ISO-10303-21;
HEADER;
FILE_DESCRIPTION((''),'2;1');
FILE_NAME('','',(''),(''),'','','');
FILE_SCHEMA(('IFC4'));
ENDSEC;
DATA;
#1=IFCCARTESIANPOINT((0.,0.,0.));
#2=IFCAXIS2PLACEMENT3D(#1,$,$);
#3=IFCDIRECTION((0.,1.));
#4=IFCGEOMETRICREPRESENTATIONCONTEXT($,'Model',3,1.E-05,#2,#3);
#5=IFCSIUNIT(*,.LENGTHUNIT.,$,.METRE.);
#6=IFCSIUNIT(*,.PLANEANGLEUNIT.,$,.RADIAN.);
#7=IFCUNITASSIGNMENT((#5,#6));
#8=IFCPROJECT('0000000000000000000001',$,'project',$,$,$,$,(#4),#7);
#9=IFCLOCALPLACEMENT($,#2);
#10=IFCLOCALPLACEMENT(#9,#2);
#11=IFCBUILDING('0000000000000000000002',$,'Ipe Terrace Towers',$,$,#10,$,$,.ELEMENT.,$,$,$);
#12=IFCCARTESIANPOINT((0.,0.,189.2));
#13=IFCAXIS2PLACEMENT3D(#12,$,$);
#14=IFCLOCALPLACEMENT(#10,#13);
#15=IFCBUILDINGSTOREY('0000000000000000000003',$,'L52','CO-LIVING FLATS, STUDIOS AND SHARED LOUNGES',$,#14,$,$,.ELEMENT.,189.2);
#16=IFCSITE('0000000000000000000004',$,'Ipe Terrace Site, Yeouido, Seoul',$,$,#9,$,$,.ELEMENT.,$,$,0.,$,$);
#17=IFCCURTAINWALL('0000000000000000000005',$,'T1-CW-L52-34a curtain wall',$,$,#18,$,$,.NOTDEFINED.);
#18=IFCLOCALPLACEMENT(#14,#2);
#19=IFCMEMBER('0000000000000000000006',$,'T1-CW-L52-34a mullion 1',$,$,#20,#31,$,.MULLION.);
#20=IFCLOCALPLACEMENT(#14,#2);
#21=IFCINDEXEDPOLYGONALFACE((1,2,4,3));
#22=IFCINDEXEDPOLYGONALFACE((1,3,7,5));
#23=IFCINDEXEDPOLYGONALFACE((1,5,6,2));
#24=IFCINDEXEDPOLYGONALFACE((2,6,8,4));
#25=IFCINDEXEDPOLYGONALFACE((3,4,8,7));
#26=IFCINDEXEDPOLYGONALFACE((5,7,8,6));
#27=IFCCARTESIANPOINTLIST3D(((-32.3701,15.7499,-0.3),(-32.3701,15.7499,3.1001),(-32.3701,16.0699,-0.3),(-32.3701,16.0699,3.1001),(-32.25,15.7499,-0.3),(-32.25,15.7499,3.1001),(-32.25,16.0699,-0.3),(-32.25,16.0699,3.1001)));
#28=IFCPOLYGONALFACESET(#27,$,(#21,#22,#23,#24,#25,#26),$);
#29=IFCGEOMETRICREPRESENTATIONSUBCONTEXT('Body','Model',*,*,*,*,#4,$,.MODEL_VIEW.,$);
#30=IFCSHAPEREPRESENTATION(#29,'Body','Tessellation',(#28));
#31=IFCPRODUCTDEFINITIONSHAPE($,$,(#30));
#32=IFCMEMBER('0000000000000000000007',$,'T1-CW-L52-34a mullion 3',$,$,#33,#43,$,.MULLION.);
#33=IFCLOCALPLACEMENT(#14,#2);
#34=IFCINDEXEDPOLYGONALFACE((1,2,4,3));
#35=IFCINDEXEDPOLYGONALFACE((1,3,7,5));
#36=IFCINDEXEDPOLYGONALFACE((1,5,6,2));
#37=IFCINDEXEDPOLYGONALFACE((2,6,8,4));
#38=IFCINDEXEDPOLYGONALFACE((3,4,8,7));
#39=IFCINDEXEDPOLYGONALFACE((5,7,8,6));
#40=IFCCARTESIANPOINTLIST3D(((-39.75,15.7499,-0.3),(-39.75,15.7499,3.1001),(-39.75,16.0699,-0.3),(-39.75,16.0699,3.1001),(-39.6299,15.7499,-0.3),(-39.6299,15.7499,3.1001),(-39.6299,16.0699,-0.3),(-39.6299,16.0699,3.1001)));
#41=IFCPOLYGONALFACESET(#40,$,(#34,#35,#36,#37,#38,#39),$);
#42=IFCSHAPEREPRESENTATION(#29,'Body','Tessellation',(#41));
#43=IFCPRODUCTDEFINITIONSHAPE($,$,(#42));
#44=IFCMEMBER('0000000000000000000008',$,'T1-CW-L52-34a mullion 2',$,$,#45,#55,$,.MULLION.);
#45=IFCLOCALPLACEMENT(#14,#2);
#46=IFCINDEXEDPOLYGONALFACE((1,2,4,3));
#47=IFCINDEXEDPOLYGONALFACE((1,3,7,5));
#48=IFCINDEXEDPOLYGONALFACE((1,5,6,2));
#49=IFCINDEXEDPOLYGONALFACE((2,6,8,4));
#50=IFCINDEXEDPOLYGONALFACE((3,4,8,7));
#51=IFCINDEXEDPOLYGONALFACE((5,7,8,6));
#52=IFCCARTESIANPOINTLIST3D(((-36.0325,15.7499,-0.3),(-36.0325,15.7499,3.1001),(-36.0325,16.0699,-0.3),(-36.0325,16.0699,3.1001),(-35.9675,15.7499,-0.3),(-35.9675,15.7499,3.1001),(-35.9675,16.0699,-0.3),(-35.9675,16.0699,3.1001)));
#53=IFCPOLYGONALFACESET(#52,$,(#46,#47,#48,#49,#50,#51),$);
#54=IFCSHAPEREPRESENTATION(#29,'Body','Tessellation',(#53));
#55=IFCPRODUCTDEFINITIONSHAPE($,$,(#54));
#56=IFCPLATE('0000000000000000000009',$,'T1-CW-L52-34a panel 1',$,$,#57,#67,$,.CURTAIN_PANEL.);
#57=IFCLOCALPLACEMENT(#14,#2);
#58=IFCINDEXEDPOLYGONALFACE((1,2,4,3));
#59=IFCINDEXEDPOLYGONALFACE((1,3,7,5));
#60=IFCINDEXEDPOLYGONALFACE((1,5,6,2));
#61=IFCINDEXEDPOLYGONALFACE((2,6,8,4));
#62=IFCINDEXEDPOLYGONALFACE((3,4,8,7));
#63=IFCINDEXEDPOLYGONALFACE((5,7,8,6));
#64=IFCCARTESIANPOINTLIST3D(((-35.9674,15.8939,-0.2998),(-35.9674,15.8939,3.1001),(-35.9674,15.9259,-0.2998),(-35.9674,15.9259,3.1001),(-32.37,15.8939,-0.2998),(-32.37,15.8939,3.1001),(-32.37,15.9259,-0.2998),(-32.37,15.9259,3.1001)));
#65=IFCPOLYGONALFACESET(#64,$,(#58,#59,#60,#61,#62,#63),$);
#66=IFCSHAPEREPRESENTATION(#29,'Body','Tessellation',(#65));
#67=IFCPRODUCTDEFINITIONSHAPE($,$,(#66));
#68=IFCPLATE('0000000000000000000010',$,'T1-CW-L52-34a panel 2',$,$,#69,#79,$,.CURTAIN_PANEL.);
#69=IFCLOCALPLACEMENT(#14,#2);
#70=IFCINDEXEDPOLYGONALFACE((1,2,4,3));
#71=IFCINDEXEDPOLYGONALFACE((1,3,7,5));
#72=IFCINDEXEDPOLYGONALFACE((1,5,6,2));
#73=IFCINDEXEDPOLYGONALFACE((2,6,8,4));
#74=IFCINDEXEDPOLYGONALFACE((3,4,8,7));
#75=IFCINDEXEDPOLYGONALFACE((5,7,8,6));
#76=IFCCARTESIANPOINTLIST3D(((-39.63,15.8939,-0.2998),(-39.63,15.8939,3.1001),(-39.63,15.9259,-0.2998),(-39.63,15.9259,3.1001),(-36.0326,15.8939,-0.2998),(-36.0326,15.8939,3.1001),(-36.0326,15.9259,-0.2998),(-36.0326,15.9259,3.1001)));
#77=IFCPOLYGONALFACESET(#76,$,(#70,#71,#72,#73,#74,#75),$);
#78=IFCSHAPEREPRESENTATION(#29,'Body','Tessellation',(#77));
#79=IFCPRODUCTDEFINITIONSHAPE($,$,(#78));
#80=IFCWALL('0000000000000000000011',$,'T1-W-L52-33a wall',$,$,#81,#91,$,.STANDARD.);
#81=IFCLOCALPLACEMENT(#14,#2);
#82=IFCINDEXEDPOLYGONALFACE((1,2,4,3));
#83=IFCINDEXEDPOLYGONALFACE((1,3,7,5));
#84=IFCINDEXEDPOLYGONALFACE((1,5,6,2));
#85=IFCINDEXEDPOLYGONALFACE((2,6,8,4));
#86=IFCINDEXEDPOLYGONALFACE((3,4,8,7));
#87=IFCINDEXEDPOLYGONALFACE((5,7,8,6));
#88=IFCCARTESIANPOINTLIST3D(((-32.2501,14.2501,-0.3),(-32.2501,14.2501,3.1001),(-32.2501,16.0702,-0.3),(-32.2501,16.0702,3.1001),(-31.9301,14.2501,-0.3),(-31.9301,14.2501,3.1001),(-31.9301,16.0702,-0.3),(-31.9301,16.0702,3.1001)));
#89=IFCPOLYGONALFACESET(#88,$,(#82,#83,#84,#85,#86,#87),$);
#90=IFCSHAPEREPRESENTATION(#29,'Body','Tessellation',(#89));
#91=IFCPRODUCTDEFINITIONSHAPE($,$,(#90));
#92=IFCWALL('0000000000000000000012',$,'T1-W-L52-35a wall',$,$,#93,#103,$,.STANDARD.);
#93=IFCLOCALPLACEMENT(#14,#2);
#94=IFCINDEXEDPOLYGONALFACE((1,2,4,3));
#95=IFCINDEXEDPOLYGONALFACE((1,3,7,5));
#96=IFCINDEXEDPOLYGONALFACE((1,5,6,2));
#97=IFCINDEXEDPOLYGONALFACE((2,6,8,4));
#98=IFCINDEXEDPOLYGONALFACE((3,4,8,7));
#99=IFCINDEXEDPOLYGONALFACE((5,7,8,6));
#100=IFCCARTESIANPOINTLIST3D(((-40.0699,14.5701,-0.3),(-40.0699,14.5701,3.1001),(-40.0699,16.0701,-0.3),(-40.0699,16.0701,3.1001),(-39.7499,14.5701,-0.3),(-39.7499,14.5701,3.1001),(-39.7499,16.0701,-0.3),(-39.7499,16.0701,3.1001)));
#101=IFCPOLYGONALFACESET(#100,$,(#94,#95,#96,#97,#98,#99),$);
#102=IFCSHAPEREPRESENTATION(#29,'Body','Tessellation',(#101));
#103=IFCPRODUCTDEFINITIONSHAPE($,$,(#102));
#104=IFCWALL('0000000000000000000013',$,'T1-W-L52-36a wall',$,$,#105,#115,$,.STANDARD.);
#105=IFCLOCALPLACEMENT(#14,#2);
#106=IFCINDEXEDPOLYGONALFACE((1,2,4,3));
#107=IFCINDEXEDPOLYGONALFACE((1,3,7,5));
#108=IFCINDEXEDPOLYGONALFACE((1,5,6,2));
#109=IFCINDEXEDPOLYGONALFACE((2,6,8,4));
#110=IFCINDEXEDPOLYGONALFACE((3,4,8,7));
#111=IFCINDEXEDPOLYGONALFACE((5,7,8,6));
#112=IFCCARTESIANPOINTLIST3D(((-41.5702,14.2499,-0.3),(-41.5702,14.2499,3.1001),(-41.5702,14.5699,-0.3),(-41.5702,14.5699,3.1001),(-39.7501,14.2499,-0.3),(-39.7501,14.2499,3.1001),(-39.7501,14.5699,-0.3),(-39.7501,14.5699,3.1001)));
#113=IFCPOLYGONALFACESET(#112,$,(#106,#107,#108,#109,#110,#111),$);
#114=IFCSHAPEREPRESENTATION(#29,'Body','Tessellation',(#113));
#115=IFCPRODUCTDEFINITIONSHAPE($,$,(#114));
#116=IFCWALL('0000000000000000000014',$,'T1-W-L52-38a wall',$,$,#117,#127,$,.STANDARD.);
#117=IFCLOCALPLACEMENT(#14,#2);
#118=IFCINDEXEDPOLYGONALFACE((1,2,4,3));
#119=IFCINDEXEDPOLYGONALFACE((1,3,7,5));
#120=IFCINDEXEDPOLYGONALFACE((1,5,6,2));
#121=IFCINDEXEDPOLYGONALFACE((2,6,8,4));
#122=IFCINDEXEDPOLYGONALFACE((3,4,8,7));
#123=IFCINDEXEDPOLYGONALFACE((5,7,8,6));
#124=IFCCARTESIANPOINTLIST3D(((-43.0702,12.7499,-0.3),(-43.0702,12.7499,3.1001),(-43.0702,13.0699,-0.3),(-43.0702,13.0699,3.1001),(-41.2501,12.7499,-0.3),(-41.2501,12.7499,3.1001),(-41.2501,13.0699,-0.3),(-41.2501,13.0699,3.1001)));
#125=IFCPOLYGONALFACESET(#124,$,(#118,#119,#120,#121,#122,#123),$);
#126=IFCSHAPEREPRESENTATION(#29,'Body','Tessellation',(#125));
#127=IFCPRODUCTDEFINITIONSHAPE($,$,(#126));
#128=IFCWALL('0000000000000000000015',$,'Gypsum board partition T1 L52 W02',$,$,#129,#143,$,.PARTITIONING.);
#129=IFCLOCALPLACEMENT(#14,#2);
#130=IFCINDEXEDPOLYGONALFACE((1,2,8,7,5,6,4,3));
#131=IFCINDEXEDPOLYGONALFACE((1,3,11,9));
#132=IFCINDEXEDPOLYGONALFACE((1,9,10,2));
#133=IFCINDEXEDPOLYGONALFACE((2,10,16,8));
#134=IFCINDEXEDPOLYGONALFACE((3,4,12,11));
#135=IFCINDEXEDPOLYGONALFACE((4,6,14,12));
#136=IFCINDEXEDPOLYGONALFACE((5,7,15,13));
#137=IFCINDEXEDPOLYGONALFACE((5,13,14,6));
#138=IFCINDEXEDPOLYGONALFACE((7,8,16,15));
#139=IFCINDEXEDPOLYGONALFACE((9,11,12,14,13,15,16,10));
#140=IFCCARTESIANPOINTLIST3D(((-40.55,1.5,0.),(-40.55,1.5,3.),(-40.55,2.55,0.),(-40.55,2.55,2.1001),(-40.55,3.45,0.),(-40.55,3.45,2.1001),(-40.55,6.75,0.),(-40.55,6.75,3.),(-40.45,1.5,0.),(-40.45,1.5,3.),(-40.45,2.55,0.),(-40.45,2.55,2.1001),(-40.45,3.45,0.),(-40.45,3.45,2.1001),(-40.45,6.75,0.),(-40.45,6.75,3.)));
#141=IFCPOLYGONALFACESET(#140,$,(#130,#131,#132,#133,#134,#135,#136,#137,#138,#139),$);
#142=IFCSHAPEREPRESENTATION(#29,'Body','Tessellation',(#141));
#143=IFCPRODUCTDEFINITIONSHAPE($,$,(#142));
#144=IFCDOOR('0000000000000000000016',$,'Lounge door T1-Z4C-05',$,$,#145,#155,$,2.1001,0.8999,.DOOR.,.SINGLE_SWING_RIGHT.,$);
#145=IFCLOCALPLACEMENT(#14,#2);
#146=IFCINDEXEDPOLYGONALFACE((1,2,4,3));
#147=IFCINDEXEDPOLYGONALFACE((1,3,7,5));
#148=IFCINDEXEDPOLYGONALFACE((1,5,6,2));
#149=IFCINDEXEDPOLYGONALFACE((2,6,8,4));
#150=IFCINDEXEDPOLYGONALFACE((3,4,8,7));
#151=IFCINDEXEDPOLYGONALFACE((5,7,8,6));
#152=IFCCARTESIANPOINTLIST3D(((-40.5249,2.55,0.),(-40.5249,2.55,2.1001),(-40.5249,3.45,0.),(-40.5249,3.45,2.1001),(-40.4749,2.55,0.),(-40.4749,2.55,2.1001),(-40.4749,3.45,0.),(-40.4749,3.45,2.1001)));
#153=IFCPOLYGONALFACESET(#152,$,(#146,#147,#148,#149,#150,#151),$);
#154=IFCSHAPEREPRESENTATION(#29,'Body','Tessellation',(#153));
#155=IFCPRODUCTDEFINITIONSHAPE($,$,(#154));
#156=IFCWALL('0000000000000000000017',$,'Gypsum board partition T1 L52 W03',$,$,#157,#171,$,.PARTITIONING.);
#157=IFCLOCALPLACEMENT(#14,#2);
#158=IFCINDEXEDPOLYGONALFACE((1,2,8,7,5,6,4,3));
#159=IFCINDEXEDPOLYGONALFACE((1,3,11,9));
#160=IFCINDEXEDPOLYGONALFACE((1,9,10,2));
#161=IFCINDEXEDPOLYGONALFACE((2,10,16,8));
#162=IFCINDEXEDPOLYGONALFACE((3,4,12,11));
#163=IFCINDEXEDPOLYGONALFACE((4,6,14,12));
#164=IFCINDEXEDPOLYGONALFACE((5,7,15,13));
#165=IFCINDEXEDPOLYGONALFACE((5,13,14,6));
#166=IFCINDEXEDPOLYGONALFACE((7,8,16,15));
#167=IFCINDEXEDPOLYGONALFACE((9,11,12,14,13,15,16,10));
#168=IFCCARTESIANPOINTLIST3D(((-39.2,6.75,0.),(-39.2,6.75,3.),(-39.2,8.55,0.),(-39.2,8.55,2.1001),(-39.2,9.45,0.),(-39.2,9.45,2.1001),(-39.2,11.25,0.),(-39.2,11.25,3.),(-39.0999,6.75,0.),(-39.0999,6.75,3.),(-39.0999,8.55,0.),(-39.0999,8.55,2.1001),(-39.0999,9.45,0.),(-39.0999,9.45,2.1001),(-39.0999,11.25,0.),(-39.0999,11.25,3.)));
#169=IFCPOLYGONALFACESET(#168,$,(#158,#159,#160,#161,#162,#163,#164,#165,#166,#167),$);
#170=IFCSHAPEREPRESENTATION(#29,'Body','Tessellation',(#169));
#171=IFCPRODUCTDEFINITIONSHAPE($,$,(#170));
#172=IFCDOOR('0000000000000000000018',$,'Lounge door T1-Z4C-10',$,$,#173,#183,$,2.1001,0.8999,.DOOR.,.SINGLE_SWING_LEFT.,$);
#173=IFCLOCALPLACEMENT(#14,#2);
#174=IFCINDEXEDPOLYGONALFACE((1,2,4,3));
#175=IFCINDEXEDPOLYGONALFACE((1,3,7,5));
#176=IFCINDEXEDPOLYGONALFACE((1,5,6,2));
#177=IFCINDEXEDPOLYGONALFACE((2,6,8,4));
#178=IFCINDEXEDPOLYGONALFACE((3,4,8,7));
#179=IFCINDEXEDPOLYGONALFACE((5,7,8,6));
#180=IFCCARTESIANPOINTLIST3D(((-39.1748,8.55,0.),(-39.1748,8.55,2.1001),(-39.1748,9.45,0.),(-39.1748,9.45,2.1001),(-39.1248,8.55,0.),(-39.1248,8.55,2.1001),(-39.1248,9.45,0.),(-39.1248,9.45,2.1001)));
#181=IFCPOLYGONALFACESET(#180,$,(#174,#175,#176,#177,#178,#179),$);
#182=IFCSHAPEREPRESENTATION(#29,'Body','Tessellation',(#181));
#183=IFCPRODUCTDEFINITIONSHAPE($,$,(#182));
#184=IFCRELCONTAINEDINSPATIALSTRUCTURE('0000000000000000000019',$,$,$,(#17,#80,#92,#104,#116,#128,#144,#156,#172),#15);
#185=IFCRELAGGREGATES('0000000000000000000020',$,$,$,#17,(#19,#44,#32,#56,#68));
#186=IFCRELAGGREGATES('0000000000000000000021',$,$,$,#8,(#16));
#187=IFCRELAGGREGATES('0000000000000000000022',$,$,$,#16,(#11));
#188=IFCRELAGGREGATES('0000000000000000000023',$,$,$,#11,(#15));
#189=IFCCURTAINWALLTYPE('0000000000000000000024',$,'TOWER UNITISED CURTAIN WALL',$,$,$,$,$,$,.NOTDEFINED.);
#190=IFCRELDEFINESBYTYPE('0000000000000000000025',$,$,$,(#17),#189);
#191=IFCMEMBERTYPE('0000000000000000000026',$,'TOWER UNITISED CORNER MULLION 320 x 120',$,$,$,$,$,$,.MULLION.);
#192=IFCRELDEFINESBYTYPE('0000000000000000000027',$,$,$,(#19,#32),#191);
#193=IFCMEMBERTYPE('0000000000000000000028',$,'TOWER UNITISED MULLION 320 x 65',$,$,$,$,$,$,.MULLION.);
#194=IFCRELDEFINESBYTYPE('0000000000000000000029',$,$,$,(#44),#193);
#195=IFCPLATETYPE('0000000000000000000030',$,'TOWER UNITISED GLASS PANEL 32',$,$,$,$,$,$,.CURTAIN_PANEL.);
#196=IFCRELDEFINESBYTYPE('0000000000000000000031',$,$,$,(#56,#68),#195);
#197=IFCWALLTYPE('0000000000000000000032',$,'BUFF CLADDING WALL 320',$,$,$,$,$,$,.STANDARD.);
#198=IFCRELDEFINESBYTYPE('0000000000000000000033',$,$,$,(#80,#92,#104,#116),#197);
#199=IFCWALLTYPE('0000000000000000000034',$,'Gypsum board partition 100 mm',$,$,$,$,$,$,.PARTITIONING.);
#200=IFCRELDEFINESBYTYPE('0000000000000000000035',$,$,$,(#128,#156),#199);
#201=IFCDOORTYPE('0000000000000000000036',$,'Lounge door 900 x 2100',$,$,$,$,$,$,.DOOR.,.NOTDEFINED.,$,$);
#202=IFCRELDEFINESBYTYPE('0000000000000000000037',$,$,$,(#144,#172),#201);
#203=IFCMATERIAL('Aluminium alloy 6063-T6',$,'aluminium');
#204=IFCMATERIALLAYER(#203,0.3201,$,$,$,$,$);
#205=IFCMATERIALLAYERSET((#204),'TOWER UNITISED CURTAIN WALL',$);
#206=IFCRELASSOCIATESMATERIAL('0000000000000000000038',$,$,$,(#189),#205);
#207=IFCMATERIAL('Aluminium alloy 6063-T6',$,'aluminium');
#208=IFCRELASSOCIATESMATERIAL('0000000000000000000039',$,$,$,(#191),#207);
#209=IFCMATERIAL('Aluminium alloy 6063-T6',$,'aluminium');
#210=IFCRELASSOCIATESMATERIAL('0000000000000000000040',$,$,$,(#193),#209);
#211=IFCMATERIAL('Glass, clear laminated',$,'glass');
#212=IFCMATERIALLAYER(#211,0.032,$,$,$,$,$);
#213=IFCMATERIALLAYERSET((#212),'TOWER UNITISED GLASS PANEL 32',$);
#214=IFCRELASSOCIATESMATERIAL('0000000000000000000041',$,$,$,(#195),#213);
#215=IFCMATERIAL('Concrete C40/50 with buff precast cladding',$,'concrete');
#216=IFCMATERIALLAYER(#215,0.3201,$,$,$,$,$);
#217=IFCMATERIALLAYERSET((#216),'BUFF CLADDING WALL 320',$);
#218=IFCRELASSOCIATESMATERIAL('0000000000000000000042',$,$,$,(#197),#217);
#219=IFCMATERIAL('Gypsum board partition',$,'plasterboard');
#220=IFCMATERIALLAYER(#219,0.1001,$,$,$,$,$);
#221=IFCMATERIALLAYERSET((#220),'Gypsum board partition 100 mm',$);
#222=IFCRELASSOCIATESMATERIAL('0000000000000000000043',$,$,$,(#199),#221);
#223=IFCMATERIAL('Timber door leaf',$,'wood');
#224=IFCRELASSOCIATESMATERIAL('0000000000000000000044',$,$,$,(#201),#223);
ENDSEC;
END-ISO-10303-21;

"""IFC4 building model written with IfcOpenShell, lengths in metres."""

from ifc_helpers import new_model, si_unit, direction, frame, frame_2d, origin, origin_2d, place, context, subcontext, project, spatial, rectangle, extrude, material, layer, layer_set, material_profile, profile_set, type_object, element, fill, aggregate, save


model = new_model("IFC4")

# Units and contexts
model_context = context("Model", 3, precision=1e-05, world=origin(), true_north=direction((0.0, 1.0)))
body_context = subcontext(model_context, "Body", "Model", "MODEL_VIEW")
ifc_project = project(units=[si_unit("LENGTHUNIT", "METRE"), si_unit("PLANEANGLEUNIT", "RADIAN")], contexts=[model_context])

# Site, building, storey
site_placement = place(None, origin())
site = spatial("IfcSite", under=ifc_project, at=site_placement, Name="Ipe Terrace Site, Yeouido, Seoul", CompositionType="ELEMENT", RefElevation=0.0)
building_placement = place(site_placement, origin())
building = spatial("IfcBuilding", under=site, at=building_placement, Name="Ipe Terrace Towers", CompositionType="ELEMENT")
storey_placement = place(building_placement, frame((0.0, 0.0, 189.2)))
storey = spatial("IfcBuildingStorey", under=building, at=storey_placement, Name="L52", Description="CO-LIVING FLATS, STUDIOS AND SHARED LOUNGES", CompositionType="ELEMENT", Elevation=189.2)

# Curtain wall, members, plates
ifc_material_1 = material(Name="Aluminium alloy 6063-T6", Category="aluminium")
ifc_layer_1 = layer(ifc_material_1, 0.3201)
ifc_layer_set_1 = layer_set([ifc_layer_1], Name="TOWER UNITISED CURTAIN WALL")
curtain_wall_type = type_object("IfcCurtainWallType", Name="TOWER UNITISED CURTAIN WALL", PredefinedType="NOTDEFINED", material=ifc_layer_set_1)
curtain_wall_placement = place(storey_placement, origin())
curtain_wall = element("IfcCurtainWall", 1, at=curtain_wall_placement, inside=storey, type_object=curtain_wall_type, Name="T1-CW-L52-34a curtain wall", PredefinedType="NOTDEFINED")
ifc_material_2 = material(Name="Aluminium alloy 6063-T6", Category="aluminium")
ifc_material_profile_1 = material_profile(ifc_material_2, rectangle(XDim=0.3201, YDim=0.1201, at=origin_2d()), Name="TOWER UNITISED CORNER MULLION 320 x 120")
ifc_profile_set_1 = profile_set([ifc_material_profile_1], Name="Aluminium alloy 6063-T6")
member_type_1 = type_object("IfcMemberType", Name="TOWER UNITISED CORNER MULLION 320 x 120", PredefinedType="MULLION", material=ifc_profile_set_1)
member_1_placement = place(storey_placement, frame((-32.3101, 15.9099, -0.3), z_axis=(0.0, 0.0, 1.0), x_axis=(0.0, 1.0, 0.0)))
member_1 = element("IfcMember", 2, at=member_1_placement, type_object=member_type_1, Name="T1-CW-L52-34a mullion 1", PredefinedType="MULLION", context=body_context, shape_type="SweptSolid", body=[
    extrude(rectangle(XDim=0.3201, YDim=0.1201, at=origin_2d()), origin(), (0.0, 0.0, 1.0), 3.4001),
])
member_2_placement = place(storey_placement, frame((-39.6899, 15.9099, -0.3), z_axis=(0.0, 0.0, 1.0), x_axis=(0.0, 1.0, 0.0)))
member_2 = element("IfcMember", 3, at=member_2_placement, type_object=member_type_1, Name="T1-CW-L52-34a mullion 3", PredefinedType="MULLION", context=body_context, shape_type="SweptSolid", body=[
    extrude(rectangle(XDim=0.3201, YDim=0.1201, at=origin_2d()), origin(), (0.0, 0.0, 1.0), 3.4001),
])
ifc_material_3 = material(Name="Aluminium alloy 6063-T6", Category="aluminium")
ifc_material_profile_2 = material_profile(ifc_material_3, rectangle(XDim=0.3201, YDim=0.0649, at=origin_2d()), Name="TOWER UNITISED MULLION 320 x 65")
ifc_profile_set_2 = profile_set([ifc_material_profile_2], Name="Aluminium alloy 6063-T6")
member_type_2 = type_object("IfcMemberType", Name="TOWER UNITISED MULLION 320 x 65", PredefinedType="MULLION", material=ifc_profile_set_2)
member_3_placement = place(storey_placement, frame((-36.0, 15.9099, -0.3), z_axis=(0.0, 0.0, 1.0), x_axis=(0.0, 1.0, 0.0)))
member_3 = element("IfcMember", 4, at=member_3_placement, type_object=member_type_2, Name="T1-CW-L52-34a mullion 2", PredefinedType="MULLION", context=body_context, shape_type="SweptSolid", body=[
    extrude(rectangle(XDim=0.3201, YDim=0.0649, at=origin_2d()), origin(), (0.0, 0.0, 1.0), 3.4001),
])
ifc_material_4 = material(Name="Glass, clear laminated", Category="glass")
ifc_layer_2 = layer(ifc_material_4, 0.032)
ifc_layer_set_2 = layer_set([ifc_layer_2], Name="TOWER UNITISED GLASS PANEL 32")
plate_type = type_object("IfcPlateType", Name="TOWER UNITISED GLASS PANEL 32", PredefinedType="CURTAIN_PANEL", material=ifc_layer_set_2)
plate_1_placement = place(storey_placement, frame((-34.1687, 15.9099, -0.2998), z_axis=(0.0, 0.0, 1.0), x_axis=(-1.0, 0.0, 0.0)))
plate_1 = element("IfcPlate", 5, at=plate_1_placement, type_object=plate_type, Name="T1-CW-L52-34a panel 1", PredefinedType="CURTAIN_PANEL", context=body_context, shape_type="SweptSolid", body=[
    extrude(rectangle(XDim=3.5974, YDim=0.032, at=origin_2d()), origin(), (0.0, 0.0, 1.0), 3.3999),
])
plate_2_placement = place(storey_placement, frame((-37.8313, 15.9099, -0.2998), z_axis=(0.0, 0.0, 1.0), x_axis=(-1.0, 0.0, 0.0)))
plate_2 = element("IfcPlate", 6, at=plate_2_placement, type_object=plate_type, Name="T1-CW-L52-34a panel 2", PredefinedType="CURTAIN_PANEL", context=body_context, shape_type="SweptSolid", body=[
    extrude(rectangle(XDim=3.5974, YDim=0.032, at=origin_2d()), origin(), (0.0, 0.0, 1.0), 3.3999),
])
aggregate(curtain_wall, [member_1, member_3, member_2, plate_1, plate_2])

# Walls
ifc_material_5 = material(Name="Concrete C40/50 with buff precast cladding", Category="concrete")
ifc_layer_3 = layer(ifc_material_5, 0.3201)
ifc_layer_set_3 = layer_set([ifc_layer_3], Name="BUFF CLADDING WALL 320")
wall_type_1 = type_object("IfcWallType", Name="BUFF CLADDING WALL 320", PredefinedType="STANDARD", material=ifc_layer_set_3)
wall_1_placement = place(storey_placement, frame((-32.0901, 14.25, -0.3), z_axis=(0.0, 0.0, 1.0), x_axis=(0.0, 1.0, 0.0)))
element("IfcWall", 7, at=wall_1_placement, inside=storey, type_object=wall_type_1, Name="T1-W-L52-33a wall", PredefinedType="STANDARD", context=body_context, shape_type="SweptSolid", body=[
    extrude(rectangle(XDim=1.8201, YDim=0.3201, at=frame_2d((0.9102, 0.0))), origin(), (0.0, 0.0, 1.0), 3.4001),
])
wall_2_placement = place(storey_placement, frame((-39.9099, 16.0701, -0.3), z_axis=(0.0, 0.0, 1.0), x_axis=(0.0, -1.0, 0.0)))
element("IfcWall", 8, at=wall_2_placement, inside=storey, type_object=wall_type_1, Name="T1-W-L52-35a wall", PredefinedType="STANDARD", context=body_context, shape_type="SweptSolid", body=[
    extrude(rectangle(XDim=1.5, YDim=0.3201, at=frame_2d((0.75, 0.0))), origin(), (0.0, 0.0, 1.0), 3.4001),
])
for number, where, z_axis, x_axis, name in (
    (9, (-39.75, 14.4099, -0.3), (0.0, 0.0, 1.0), (-1.0, 0.0, 0.0), "T1-W-L52-36a wall"),
    (10, (-41.25, 12.9099, -0.3), (0.0, 0.0, 1.0), (-1.0, 0.0, 0.0), "T1-W-L52-38a wall"),
):
    element("IfcWall", number, at=place(storey_placement, frame(where, z_axis=z_axis, x_axis=x_axis)), inside=storey, type_object=wall_type_1, Name=name, PredefinedType="STANDARD", context=body_context, shape_type="SweptSolid", body=[
        extrude(rectangle(XDim=1.8201, YDim=0.3201, at=frame_2d((0.9102, 0.0))), origin(), (0.0, 0.0, 1.0), 3.4001),
    ])

# Walls, openings, doors
ifc_material_6 = material(Name="Gypsum board partition", Category="plasterboard")
ifc_layer_4 = layer(ifc_material_6, 0.1001)
ifc_layer_set_4 = layer_set([ifc_layer_4], Name="Gypsum board partition 100 mm")
wall_type_2 = type_object("IfcWallType", Name="Gypsum board partition 100 mm", PredefinedType="PARTITIONING", material=ifc_layer_set_4)
wall_3_placement = place(storey_placement, frame((-40.5, 1.5, 0.0), z_axis=(0.0, 0.0, 1.0), x_axis=(0.0, 1.0, 0.0)))
wall_3 = element("IfcWall", 11, at=wall_3_placement, inside=storey, type_object=wall_type_2, Name="Gypsum board partition T1 L52 W02", PredefinedType="PARTITIONING", context=body_context, shape_type="SweptSolid", body=[
    extrude(rectangle(XDim=5.25, YDim=0.1001, at=frame_2d((2.625, 0.0))), origin(), (0.0, 0.0, 1.0), 3.0),
])
opening_1_placement = place(wall_3_placement, frame((1.05, 0.0, 0.0)))
opening_1 = element("IfcOpeningElement", 12, at=opening_1_placement, cuts=wall_3, PredefinedType="OPENING", context=body_context, shape_type="SweptSolid", body=[
    extrude(rectangle(XDim=0.8999, YDim=2.1001, at=frame_2d((0.45, 1.05))), frame((0.0, 0.0601, 0.0), z_axis=(0.0, -1.0, 0.0), x_axis=(1.0, 0.0, 0.0)), (0.0, 0.0, 1.0), 0.1201),
])
ifc_material_7 = material(Name="Timber door leaf", Category="wood")
door_type = type_object("IfcDoorType", Name="Lounge door 900 x 2100", OperationType="NOTDEFINED", PredefinedType="DOOR", material=ifc_material_7)
door_1_placement = place(opening_1_placement, origin())
door_1 = element("IfcDoor", 13, at=door_1_placement, inside=storey, type_object=door_type, Name="Lounge door T1-Z4C-05", OperationType="SINGLE_SWING_RIGHT", OverallHeight=2.1001, OverallWidth=0.8999, PredefinedType="DOOR", context=body_context, shape_type="SweptSolid", body=[
    extrude(rectangle(XDim=0.8999, YDim=2.1001, at=frame_2d((0.45, 1.05))), frame((0.0, 0.0249, 0.0), z_axis=(0.0, -1.0, 0.0), x_axis=(1.0, 0.0, 0.0)), (0.0, 0.0, 1.0), 0.05),
])
fill(opening_1, door_1)
wall_4_placement = place(storey_placement, frame((-39.1499, 6.75, 0.0), z_axis=(0.0, 0.0, 1.0), x_axis=(0.0, 1.0, 0.0)))
wall_4 = element("IfcWall", 14, at=wall_4_placement, inside=storey, type_object=wall_type_2, Name="Gypsum board partition T1 L52 W03", PredefinedType="PARTITIONING", context=body_context, shape_type="SweptSolid", body=[
    extrude(rectangle(XDim=4.5, YDim=0.1001, at=frame_2d((2.25, 0.0))), origin(), (0.0, 0.0, 1.0), 3.0),
])
opening_2_placement = place(wall_4_placement, frame((1.8, 0.0, 0.0)))
opening_2 = element("IfcOpeningElement", 15, at=opening_2_placement, cuts=wall_4, PredefinedType="OPENING", context=body_context, shape_type="SweptSolid", body=[
    extrude(rectangle(XDim=0.8999, YDim=2.1001, at=frame_2d((0.45, 1.05))), frame((0.0, 0.0601, 0.0), z_axis=(0.0, -1.0, 0.0), x_axis=(1.0, 0.0, 0.0)), (0.0, 0.0, 1.0), 0.1201),
])
door_2_placement = place(opening_2_placement, origin())
door_2 = element("IfcDoor", 16, at=door_2_placement, inside=storey, type_object=door_type, Name="Lounge door T1-Z4C-10", OperationType="SINGLE_SWING_LEFT", OverallHeight=2.1001, OverallWidth=0.8999, PredefinedType="DOOR", context=body_context, shape_type="SweptSolid", body=[
    extrude(rectangle(XDim=0.8999, YDim=2.1001, at=frame_2d((0.45, 1.05))), frame((0.0, 0.0249, 0.0), z_axis=(0.0, -1.0, 0.0), x_axis=(1.0, 0.0, 0.0)), (0.0, 0.0, 1.0), 0.05),
])
fill(opening_2, door_2)

save(model, "model.ifc")
